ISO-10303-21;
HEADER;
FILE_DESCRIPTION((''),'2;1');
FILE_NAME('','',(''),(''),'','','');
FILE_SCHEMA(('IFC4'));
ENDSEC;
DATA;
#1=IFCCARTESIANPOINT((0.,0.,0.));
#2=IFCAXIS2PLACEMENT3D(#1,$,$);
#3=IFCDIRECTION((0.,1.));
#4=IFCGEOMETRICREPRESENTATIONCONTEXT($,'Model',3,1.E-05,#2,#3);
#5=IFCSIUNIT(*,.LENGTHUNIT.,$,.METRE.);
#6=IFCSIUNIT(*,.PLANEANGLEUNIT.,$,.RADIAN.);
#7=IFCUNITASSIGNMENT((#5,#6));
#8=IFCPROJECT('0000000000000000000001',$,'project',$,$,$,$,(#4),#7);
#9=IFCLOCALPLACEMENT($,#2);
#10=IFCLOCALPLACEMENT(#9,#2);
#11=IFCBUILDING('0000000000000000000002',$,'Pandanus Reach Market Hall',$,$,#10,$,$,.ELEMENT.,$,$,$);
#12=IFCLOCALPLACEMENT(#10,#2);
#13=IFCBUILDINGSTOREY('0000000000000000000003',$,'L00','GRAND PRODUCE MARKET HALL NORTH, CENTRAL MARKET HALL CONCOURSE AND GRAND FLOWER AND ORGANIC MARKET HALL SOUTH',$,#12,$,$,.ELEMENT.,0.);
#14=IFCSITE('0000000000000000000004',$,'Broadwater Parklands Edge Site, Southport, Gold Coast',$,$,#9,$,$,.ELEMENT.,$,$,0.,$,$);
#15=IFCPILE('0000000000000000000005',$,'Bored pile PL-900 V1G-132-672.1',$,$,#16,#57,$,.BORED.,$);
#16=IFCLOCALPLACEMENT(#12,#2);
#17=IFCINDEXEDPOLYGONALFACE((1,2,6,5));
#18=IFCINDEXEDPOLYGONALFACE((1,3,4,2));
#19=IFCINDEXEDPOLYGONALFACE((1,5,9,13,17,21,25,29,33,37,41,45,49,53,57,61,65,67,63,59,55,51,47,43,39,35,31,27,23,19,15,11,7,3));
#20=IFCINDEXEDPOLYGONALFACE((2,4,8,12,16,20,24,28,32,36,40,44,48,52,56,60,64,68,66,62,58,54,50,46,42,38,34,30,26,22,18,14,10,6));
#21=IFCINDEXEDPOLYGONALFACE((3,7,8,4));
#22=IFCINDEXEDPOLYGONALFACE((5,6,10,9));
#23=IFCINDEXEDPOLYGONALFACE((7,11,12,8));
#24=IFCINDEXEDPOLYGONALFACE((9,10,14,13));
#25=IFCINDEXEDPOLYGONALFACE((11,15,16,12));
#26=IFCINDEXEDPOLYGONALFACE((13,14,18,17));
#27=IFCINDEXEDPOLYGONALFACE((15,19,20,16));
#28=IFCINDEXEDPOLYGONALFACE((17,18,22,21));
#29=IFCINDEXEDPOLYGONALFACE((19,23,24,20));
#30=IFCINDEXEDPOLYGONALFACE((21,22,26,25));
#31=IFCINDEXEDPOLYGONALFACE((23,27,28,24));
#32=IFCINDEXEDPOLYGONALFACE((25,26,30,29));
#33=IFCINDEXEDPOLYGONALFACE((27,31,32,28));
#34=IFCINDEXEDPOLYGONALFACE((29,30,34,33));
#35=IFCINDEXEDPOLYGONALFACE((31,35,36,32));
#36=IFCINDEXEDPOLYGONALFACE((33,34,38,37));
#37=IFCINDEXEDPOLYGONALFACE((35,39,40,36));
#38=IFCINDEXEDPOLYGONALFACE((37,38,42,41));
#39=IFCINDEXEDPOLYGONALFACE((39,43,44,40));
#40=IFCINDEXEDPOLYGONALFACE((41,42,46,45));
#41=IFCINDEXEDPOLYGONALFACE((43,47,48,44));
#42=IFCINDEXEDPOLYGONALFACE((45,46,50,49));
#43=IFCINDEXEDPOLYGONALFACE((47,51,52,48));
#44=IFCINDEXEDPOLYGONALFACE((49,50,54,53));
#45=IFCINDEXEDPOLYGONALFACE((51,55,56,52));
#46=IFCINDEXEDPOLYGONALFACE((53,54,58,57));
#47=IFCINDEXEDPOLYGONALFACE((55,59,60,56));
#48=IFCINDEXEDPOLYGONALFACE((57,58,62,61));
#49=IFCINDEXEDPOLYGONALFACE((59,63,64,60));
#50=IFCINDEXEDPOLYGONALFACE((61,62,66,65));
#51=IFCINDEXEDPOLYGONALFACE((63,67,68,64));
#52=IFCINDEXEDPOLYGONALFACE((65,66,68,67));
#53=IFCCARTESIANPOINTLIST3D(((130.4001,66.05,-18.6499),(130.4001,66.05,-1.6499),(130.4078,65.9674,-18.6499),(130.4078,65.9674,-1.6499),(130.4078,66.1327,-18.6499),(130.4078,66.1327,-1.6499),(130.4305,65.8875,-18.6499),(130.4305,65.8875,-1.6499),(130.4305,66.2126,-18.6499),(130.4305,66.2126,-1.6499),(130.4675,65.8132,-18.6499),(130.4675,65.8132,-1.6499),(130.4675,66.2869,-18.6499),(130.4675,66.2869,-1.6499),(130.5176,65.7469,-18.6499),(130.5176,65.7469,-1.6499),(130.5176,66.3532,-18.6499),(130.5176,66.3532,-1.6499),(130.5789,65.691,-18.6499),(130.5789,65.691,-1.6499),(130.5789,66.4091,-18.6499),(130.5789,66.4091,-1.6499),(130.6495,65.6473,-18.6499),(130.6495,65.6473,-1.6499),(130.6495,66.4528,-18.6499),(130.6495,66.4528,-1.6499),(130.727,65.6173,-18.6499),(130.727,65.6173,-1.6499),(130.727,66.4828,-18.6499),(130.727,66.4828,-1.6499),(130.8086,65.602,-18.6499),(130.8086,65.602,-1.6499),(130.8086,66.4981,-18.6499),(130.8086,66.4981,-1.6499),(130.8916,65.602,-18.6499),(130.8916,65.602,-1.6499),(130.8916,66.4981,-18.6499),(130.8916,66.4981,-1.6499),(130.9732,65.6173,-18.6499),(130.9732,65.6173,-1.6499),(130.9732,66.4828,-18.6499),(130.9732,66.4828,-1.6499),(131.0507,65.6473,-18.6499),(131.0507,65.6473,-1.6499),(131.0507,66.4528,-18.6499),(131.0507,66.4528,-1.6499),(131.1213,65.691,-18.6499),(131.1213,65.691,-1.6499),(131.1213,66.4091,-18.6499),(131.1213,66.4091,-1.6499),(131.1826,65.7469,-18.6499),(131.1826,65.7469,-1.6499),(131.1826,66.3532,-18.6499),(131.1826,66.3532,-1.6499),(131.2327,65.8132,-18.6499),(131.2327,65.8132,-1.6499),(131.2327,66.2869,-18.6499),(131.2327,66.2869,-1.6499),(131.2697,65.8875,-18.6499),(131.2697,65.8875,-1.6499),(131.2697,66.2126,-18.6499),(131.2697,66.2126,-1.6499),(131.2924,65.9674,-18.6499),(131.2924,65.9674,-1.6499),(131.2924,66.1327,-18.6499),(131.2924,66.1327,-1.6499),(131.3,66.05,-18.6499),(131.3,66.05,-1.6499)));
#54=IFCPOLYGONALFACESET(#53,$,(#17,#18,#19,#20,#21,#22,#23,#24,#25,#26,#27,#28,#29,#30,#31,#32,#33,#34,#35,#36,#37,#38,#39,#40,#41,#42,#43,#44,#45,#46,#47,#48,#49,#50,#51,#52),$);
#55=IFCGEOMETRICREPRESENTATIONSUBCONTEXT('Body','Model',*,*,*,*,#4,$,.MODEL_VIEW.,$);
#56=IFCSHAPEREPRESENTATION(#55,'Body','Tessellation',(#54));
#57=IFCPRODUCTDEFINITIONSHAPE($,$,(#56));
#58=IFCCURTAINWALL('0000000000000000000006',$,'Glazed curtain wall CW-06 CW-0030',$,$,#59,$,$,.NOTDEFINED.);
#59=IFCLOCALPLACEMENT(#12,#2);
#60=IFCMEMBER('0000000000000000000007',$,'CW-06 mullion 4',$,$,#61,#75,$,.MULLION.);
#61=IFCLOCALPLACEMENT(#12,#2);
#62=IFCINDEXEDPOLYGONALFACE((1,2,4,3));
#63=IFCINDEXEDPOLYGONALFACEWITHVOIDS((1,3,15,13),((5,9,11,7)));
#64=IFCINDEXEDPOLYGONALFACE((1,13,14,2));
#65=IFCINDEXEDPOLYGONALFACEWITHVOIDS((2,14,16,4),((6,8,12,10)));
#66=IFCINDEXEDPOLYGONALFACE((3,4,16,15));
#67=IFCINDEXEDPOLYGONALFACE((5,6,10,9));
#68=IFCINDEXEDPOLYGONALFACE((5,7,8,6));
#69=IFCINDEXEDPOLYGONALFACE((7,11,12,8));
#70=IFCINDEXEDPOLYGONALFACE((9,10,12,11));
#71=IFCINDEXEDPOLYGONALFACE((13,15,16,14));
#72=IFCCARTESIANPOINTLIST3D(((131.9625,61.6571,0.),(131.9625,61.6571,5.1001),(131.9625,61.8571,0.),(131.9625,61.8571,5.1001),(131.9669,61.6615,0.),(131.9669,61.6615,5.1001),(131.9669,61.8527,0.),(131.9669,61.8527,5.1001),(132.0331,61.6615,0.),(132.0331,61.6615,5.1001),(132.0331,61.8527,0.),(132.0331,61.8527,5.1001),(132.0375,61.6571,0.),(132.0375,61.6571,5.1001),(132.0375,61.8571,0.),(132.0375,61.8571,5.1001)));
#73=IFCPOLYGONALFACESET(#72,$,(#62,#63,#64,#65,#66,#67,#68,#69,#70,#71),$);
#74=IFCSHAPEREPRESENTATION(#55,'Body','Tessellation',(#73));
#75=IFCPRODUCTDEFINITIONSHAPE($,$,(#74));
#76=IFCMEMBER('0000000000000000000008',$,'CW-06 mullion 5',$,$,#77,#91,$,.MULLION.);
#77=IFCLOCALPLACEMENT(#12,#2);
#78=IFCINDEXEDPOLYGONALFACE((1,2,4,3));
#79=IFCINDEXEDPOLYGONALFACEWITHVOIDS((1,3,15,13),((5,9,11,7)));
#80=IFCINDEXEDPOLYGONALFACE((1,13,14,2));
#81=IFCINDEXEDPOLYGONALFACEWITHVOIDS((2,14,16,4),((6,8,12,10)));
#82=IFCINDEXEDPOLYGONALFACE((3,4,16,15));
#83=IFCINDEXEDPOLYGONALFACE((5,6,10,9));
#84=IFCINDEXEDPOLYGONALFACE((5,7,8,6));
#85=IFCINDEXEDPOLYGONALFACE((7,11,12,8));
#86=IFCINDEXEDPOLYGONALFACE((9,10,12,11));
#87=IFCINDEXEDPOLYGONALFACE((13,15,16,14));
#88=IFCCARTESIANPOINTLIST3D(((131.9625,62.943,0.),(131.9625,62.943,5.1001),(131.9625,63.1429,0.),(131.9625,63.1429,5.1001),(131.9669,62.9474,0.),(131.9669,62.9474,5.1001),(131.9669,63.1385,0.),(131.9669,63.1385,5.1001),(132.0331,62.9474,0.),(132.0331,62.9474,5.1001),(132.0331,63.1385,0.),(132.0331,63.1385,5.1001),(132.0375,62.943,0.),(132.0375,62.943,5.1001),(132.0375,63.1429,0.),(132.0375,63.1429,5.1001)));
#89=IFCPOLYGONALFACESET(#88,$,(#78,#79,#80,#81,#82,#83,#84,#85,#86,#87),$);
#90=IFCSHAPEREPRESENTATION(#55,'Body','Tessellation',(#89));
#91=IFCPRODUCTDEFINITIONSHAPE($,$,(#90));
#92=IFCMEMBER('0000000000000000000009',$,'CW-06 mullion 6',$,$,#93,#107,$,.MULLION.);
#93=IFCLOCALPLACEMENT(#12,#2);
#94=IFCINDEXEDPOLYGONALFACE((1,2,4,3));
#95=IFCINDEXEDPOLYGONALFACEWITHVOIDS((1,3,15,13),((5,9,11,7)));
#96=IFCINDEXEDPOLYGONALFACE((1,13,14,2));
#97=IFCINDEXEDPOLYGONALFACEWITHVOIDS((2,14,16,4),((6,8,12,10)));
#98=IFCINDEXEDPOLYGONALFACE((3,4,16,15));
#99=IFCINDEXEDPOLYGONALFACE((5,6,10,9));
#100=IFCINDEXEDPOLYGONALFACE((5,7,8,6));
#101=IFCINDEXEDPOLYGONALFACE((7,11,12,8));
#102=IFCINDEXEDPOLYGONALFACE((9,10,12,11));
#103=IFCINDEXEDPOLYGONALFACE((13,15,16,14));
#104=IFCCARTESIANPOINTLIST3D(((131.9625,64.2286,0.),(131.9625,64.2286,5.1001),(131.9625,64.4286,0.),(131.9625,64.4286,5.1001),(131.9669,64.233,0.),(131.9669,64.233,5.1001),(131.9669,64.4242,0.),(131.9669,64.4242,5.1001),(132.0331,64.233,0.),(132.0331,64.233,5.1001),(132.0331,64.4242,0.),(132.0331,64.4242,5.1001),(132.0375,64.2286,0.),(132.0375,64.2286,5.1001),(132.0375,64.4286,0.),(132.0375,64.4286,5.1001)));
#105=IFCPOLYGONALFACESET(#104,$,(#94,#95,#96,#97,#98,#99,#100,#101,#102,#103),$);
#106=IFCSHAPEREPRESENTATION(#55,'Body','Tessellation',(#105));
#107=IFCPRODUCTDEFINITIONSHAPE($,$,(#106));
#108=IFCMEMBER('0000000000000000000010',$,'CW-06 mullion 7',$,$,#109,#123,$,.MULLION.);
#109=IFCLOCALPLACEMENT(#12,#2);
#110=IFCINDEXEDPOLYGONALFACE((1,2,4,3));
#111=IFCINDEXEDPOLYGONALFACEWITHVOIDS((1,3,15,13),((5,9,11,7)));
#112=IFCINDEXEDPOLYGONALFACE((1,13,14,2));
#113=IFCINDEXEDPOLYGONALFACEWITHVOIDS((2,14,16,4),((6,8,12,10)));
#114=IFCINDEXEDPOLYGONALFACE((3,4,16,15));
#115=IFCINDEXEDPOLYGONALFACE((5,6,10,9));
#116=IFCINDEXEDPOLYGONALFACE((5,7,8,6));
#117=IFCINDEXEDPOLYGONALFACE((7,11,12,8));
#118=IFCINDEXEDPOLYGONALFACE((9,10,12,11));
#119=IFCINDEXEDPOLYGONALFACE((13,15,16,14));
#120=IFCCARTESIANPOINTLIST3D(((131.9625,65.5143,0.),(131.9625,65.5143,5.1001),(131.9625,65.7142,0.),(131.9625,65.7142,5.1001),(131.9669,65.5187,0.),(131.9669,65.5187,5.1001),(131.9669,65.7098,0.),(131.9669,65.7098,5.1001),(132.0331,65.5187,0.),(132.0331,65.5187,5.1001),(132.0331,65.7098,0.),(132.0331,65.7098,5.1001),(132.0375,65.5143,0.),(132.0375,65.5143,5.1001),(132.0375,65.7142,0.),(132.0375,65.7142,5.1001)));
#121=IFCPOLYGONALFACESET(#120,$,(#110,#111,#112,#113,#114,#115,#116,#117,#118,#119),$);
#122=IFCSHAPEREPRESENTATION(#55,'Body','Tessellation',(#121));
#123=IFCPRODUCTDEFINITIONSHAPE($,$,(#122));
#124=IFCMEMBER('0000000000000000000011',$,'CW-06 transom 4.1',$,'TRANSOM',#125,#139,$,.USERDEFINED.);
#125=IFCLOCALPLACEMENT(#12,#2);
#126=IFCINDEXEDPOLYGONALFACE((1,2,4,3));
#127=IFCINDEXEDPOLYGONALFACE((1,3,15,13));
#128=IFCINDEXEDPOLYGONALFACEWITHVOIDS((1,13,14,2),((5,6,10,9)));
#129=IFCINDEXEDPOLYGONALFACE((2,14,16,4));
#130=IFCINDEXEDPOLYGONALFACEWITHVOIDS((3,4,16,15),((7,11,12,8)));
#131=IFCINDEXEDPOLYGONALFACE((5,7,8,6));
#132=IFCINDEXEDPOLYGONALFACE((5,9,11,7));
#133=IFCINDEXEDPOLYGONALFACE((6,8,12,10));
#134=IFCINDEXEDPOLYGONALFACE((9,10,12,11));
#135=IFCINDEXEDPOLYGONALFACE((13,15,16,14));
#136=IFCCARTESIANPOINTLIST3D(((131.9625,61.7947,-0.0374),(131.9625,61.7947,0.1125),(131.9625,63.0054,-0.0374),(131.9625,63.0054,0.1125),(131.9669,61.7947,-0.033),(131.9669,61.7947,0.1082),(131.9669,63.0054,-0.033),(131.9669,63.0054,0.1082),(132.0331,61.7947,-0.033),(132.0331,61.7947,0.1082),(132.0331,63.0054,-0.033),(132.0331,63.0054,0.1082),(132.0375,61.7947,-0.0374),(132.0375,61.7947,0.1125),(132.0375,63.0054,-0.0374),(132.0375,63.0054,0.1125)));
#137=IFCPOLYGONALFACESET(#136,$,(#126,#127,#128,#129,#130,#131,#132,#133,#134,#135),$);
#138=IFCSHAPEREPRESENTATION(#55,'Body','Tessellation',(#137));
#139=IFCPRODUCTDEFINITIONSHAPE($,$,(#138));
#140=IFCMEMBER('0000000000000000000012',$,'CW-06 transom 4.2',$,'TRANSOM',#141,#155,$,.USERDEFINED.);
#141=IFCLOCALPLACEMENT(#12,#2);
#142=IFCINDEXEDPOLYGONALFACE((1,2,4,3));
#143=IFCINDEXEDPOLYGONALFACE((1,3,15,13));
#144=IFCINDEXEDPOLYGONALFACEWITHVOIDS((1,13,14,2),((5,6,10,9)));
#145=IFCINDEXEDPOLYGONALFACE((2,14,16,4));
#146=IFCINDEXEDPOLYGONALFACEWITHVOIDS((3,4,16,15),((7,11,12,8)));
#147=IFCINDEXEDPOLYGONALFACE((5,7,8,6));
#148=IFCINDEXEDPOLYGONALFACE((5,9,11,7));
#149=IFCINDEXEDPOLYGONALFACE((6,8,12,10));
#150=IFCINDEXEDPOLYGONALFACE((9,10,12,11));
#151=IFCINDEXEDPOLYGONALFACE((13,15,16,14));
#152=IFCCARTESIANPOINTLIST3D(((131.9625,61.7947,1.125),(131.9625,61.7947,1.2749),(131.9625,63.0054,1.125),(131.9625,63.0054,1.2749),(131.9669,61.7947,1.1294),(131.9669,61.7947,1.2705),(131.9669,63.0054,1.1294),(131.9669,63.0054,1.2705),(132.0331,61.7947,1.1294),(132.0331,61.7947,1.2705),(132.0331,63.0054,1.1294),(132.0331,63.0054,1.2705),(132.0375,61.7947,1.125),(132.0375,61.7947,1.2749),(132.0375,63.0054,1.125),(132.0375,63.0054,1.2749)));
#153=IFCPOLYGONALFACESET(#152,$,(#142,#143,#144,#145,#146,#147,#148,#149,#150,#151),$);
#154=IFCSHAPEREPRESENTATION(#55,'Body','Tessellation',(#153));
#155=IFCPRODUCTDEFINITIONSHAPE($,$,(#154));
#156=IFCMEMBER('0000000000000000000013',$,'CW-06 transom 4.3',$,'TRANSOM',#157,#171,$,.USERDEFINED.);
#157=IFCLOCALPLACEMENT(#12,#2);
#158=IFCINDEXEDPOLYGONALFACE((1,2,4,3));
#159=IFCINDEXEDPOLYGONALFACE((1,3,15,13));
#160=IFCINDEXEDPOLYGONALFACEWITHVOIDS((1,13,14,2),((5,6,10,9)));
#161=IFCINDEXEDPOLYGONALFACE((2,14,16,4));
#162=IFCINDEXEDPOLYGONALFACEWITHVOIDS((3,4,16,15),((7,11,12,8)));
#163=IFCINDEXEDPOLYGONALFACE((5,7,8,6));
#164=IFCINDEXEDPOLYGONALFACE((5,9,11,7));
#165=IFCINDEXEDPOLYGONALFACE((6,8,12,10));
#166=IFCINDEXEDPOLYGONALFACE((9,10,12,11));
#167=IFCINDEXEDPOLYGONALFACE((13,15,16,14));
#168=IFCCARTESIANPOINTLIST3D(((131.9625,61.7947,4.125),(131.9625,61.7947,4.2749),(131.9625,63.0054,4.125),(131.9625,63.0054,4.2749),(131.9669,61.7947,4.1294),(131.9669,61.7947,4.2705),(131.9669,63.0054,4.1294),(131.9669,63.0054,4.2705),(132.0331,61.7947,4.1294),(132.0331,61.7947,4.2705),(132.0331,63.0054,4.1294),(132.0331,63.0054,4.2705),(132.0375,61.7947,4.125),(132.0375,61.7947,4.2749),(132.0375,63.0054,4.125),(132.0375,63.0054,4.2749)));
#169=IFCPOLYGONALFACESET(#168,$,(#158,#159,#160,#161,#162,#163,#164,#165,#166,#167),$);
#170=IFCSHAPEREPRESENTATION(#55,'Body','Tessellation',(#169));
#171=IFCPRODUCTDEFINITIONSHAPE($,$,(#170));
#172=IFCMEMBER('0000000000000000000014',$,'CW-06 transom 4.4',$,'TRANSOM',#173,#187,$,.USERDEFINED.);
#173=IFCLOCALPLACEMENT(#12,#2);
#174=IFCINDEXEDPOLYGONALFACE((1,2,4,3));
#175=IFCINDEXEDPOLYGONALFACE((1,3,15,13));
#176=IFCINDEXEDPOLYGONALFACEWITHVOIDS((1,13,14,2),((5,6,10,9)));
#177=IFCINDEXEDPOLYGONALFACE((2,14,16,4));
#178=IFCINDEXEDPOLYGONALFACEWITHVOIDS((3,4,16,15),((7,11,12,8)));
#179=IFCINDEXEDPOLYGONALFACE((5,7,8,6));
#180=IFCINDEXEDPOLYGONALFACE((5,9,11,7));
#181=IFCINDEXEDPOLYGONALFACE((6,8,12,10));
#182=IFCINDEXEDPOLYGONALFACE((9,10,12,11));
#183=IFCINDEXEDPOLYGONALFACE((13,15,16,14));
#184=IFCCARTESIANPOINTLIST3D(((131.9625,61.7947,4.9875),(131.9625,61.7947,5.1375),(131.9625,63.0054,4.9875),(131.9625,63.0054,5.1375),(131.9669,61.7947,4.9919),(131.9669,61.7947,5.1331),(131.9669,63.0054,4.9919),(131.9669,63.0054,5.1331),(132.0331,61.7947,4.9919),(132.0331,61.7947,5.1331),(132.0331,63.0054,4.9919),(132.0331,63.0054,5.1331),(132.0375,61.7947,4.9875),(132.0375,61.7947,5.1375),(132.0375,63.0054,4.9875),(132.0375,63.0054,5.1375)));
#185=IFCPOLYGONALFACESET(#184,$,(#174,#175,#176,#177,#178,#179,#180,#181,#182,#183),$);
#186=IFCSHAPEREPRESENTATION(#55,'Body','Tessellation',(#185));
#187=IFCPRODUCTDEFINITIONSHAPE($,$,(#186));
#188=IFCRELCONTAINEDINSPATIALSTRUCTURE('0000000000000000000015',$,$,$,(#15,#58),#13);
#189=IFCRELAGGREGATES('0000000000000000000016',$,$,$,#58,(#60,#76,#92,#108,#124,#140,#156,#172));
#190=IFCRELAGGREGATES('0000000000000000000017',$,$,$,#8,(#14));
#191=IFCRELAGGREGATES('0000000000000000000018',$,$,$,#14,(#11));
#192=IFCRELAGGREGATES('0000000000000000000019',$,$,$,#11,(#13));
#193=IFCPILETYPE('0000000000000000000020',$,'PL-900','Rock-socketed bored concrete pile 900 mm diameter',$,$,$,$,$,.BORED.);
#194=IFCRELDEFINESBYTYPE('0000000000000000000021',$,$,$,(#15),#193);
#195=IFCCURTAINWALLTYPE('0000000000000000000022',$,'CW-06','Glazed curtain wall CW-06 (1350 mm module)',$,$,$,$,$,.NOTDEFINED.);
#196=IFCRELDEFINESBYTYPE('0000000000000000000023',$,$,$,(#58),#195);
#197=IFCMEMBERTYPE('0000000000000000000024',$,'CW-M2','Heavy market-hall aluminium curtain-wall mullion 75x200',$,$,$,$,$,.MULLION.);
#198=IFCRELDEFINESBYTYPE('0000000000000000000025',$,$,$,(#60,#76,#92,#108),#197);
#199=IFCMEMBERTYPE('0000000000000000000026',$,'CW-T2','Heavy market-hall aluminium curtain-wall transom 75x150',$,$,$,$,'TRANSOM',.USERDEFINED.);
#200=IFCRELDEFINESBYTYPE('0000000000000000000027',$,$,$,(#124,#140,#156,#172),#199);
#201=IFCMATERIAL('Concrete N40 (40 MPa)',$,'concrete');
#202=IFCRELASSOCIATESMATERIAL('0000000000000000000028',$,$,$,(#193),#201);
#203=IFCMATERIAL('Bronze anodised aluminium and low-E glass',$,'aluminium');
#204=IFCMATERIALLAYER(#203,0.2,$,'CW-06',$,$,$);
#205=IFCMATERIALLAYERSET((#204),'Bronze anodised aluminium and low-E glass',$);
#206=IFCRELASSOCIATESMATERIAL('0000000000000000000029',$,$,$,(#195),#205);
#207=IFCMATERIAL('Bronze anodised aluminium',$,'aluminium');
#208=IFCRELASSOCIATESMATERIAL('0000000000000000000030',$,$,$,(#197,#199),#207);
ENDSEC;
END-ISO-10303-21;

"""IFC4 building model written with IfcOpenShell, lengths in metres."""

from ifc_helpers import new_model, si_unit, direction, frame, origin, origin_2d, place, context, subcontext, project, spatial, hollow_rectangle, circle, extrude, material, layer, layer_set, material_profile, profile_set, type_object, element, aggregate, save


model = new_model("IFC4")

# Units and contexts
model_context = context("Model", 3, precision=1e-05, world=origin(), true_north=direction((0.0, 1.0)))
body_context = subcontext(model_context, "Body", "Model", "MODEL_VIEW")
ifc_project = project(units=[si_unit("LENGTHUNIT", "METRE"), si_unit("PLANEANGLEUNIT", "RADIAN")], contexts=[model_context])

# Site, building, storey
site_placement = place(None, origin())
site = spatial("IfcSite", under=ifc_project, at=site_placement, Name="Broadwater Parklands Edge Site, Southport, Gold Coast", CompositionType="ELEMENT", RefElevation=0.0)
building_placement = place(site_placement, origin())
building = spatial("IfcBuilding", under=site, at=building_placement, Name="Pandanus Reach Market Hall", CompositionType="ELEMENT")
storey_placement = place(building_placement, origin())
storey = spatial("IfcBuildingStorey", under=building, at=storey_placement, Name="L00", Description="GRAND PRODUCE MARKET HALL NORTH, CENTRAL MARKET HALL CONCOURSE AND GRAND FLOWER AND ORGANIC MARKET HALL SOUTH", CompositionType="ELEMENT", Elevation=0.0)

# Pile
ifc_material_1 = material(Name="Concrete N40 (40 MPa)", Category="concrete")
ifc_material_profile_1 = material_profile(ifc_material_1, circle(Radius=0.45, at=origin_2d()), Name="PILE-900D", Category="LoadBearing")
ifc_profile_set_1 = profile_set([ifc_material_profile_1], Name="Concrete N40 (40 MPa)")
pile_type = type_object("IfcPileType", Name="PL-900", Description="Rock-socketed bored concrete pile 900 mm diameter", PredefinedType="BORED", material=ifc_profile_set_1)
pile_placement = place(storey_placement, frame((130.8501, 66.05, -1.6499), z_axis=(0.0, 0.0, -1.0), x_axis=(1.0, 0.0, 0.0)))
element("IfcPile", 1, at=pile_placement, inside=storey, type_object=pile_type, Name="Bored pile PL-900 V1G-132-672.1", PredefinedType="BORED", context=body_context, shape_type="SweptSolid", body=[
    extrude(circle(Radius=0.45, at=origin_2d()), origin(), (0.0, 0.0, 1.0), 17.0),
])

# Curtain wall, members
ifc_material_2 = material(Name="Bronze anodised aluminium and low-E glass", Category="aluminium")
ifc_layer_1 = layer(ifc_material_2, 0.2, Name="CW-06")
ifc_layer_set_1 = layer_set([ifc_layer_1], Name="Bronze anodised aluminium and low-E glass")
curtain_wall_type = type_object("IfcCurtainWallType", Name="CW-06", Description="Glazed curtain wall CW-06 (1350 mm module)", PredefinedType="NOTDEFINED", material=ifc_layer_set_1)
curtain_wall_placement = place(storey_placement, origin())
curtain_wall = element("IfcCurtainWall", 2, at=curtain_wall_placement, inside=storey, type_object=curtain_wall_type, Name="Glazed curtain wall CW-06 CW-0030", PredefinedType="NOTDEFINED")
ifc_material_3 = material(Name="Bronze anodised aluminium", Category="aluminium")
ifc_material_profile_2 = material_profile(ifc_material_3, hollow_rectangle(XDim=0.075, YDim=0.2, WallThickness=0.0044, at=origin_2d()), Name="ALU75x200", Category="LoadBearing")
ifc_profile_set_2 = profile_set([ifc_material_profile_2], Name="Bronze anodised aluminium")
member_type_1 = type_object("IfcMemberType", Name="CW-M2", Description="Heavy market-hall aluminium curtain-wall mullion 75x200", PredefinedType="MULLION", material=ifc_profile_set_2)
member_1_placement = place(storey_placement, frame((132.0, 61.7571, 0.0), z_axis=(0.0, 0.0, 1.0), x_axis=(-1.0, 0.0, 0.0)))
member_1 = element("IfcMember", 3, at=member_1_placement, type_object=member_type_1, Name="CW-06 mullion 4", PredefinedType="MULLION", context=body_context, shape_type="SweptSolid", body=[
    extrude(hollow_rectangle(XDim=0.075, YDim=0.2, WallThickness=0.0044, at=origin_2d()), origin(), (0.0, 0.0, 1.0), 5.1001),
])
member_2_placement = place(storey_placement, frame((132.0, 63.043, 0.0), z_axis=(0.0, 0.0, 1.0), x_axis=(-1.0, 0.0, 0.0)))
member_2 = element("IfcMember", 4, at=member_2_placement, type_object=member_type_1, Name="CW-06 mullion 5", PredefinedType="MULLION", context=body_context, shape_type="SweptSolid", body=[
    extrude(hollow_rectangle(XDim=0.075, YDim=0.2, WallThickness=0.0044, at=origin_2d()), origin(), (0.0, 0.0, 1.0), 5.1001),
])
member_3_placement = place(storey_placement, frame((132.0, 64.3286, 0.0), z_axis=(0.0, 0.0, 1.0), x_axis=(-1.0, 0.0, 0.0)))
member_3 = element("IfcMember", 5, at=member_3_placement, type_object=member_type_1, Name="CW-06 mullion 6", PredefinedType="MULLION", context=body_context, shape_type="SweptSolid", body=[
    extrude(hollow_rectangle(XDim=0.075, YDim=0.2, WallThickness=0.0044, at=origin_2d()), origin(), (0.0, 0.0, 1.0), 5.1001),
])
member_4_placement = place(storey_placement, frame((132.0, 65.6143, 0.0), z_axis=(0.0, 0.0, 1.0), x_axis=(-1.0, 0.0, 0.0)))
member_4 = element("IfcMember", 6, at=member_4_placement, type_object=member_type_1, Name="CW-06 mullion 7", PredefinedType="MULLION", context=body_context, shape_type="SweptSolid", body=[
    extrude(hollow_rectangle(XDim=0.075, YDim=0.2, WallThickness=0.0044, at=origin_2d()), origin(), (0.0, 0.0, 1.0), 5.1001),
])
ifc_material_profile_3 = material_profile(ifc_material_3, hollow_rectangle(XDim=0.075, YDim=0.1499, WallThickness=0.0044, at=origin_2d()), Name="ALU75x150", Category="LoadBearing")
ifc_profile_set_3 = profile_set([ifc_material_profile_3], Name="Bronze anodised aluminium")
member_type_2 = type_object("IfcMemberType", Name="CW-T2", Description="Heavy market-hall aluminium curtain-wall transom 75x150", ElementType="TRANSOM", PredefinedType="USERDEFINED", material=ifc_profile_set_3)
member_5_placement = place(storey_placement, frame((132.0, 61.7947, 0.0376), z_axis=(0.0, 1.0, 0.0), x_axis=(-1.0, 0.0, 0.0)))
member_5 = element("IfcMember", 7, at=member_5_placement, type_object=member_type_2, Name="CW-06 transom 4.1", ObjectType="TRANSOM", PredefinedType="USERDEFINED", context=body_context, shape_type="SweptSolid", body=[
    extrude(hollow_rectangle(XDim=0.075, YDim=0.1499, WallThickness=0.0044, at=origin_2d()), origin(), (0.0, 0.0, 1.0), 1.2107),
])
member_6_placement = place(storey_placement, frame((132.0, 61.7947, 1.2), z_axis=(0.0, 1.0, 0.0), x_axis=(-1.0, 0.0, 0.0)))
member_6 = element("IfcMember", 8, at=member_6_placement, type_object=member_type_2, Name="CW-06 transom 4.2", ObjectType="TRANSOM", PredefinedType="USERDEFINED", context=body_context, shape_type="SweptSolid", body=[
    extrude(hollow_rectangle(XDim=0.075, YDim=0.1499, WallThickness=0.0044, at=origin_2d()), origin(), (0.0, 0.0, 1.0), 1.2107),
])
member_7_placement = place(storey_placement, frame((132.0, 61.7947, 4.2), z_axis=(0.0, 1.0, 0.0), x_axis=(-1.0, 0.0, 0.0)))
member_7 = element("IfcMember", 9, at=member_7_placement, type_object=member_type_2, Name="CW-06 transom 4.3", ObjectType="TRANSOM", PredefinedType="USERDEFINED", context=body_context, shape_type="SweptSolid", body=[
    extrude(hollow_rectangle(XDim=0.075, YDim=0.1499, WallThickness=0.0044, at=origin_2d()), origin(), (0.0, 0.0, 1.0), 1.2107),
])
member_8_placement = place(storey_placement, frame((132.0, 61.7947, 5.0625), z_axis=(0.0, 1.0, 0.0), x_axis=(-1.0, 0.0, 0.0)))
member_8 = element("IfcMember", 10, at=member_8_placement, type_object=member_type_2, Name="CW-06 transom 4.4", ObjectType="TRANSOM", PredefinedType="USERDEFINED", context=body_context, shape_type="SweptSolid", body=[
    extrude(hollow_rectangle(XDim=0.075, YDim=0.1499, WallThickness=0.0044, at=origin_2d()), origin(), (0.0, 0.0, 1.0), 1.2107),
])
aggregate(curtain_wall, [member_1, member_2, member_3, member_4, member_5, member_6, member_7, member_8])

save(model, "model.ifc")
